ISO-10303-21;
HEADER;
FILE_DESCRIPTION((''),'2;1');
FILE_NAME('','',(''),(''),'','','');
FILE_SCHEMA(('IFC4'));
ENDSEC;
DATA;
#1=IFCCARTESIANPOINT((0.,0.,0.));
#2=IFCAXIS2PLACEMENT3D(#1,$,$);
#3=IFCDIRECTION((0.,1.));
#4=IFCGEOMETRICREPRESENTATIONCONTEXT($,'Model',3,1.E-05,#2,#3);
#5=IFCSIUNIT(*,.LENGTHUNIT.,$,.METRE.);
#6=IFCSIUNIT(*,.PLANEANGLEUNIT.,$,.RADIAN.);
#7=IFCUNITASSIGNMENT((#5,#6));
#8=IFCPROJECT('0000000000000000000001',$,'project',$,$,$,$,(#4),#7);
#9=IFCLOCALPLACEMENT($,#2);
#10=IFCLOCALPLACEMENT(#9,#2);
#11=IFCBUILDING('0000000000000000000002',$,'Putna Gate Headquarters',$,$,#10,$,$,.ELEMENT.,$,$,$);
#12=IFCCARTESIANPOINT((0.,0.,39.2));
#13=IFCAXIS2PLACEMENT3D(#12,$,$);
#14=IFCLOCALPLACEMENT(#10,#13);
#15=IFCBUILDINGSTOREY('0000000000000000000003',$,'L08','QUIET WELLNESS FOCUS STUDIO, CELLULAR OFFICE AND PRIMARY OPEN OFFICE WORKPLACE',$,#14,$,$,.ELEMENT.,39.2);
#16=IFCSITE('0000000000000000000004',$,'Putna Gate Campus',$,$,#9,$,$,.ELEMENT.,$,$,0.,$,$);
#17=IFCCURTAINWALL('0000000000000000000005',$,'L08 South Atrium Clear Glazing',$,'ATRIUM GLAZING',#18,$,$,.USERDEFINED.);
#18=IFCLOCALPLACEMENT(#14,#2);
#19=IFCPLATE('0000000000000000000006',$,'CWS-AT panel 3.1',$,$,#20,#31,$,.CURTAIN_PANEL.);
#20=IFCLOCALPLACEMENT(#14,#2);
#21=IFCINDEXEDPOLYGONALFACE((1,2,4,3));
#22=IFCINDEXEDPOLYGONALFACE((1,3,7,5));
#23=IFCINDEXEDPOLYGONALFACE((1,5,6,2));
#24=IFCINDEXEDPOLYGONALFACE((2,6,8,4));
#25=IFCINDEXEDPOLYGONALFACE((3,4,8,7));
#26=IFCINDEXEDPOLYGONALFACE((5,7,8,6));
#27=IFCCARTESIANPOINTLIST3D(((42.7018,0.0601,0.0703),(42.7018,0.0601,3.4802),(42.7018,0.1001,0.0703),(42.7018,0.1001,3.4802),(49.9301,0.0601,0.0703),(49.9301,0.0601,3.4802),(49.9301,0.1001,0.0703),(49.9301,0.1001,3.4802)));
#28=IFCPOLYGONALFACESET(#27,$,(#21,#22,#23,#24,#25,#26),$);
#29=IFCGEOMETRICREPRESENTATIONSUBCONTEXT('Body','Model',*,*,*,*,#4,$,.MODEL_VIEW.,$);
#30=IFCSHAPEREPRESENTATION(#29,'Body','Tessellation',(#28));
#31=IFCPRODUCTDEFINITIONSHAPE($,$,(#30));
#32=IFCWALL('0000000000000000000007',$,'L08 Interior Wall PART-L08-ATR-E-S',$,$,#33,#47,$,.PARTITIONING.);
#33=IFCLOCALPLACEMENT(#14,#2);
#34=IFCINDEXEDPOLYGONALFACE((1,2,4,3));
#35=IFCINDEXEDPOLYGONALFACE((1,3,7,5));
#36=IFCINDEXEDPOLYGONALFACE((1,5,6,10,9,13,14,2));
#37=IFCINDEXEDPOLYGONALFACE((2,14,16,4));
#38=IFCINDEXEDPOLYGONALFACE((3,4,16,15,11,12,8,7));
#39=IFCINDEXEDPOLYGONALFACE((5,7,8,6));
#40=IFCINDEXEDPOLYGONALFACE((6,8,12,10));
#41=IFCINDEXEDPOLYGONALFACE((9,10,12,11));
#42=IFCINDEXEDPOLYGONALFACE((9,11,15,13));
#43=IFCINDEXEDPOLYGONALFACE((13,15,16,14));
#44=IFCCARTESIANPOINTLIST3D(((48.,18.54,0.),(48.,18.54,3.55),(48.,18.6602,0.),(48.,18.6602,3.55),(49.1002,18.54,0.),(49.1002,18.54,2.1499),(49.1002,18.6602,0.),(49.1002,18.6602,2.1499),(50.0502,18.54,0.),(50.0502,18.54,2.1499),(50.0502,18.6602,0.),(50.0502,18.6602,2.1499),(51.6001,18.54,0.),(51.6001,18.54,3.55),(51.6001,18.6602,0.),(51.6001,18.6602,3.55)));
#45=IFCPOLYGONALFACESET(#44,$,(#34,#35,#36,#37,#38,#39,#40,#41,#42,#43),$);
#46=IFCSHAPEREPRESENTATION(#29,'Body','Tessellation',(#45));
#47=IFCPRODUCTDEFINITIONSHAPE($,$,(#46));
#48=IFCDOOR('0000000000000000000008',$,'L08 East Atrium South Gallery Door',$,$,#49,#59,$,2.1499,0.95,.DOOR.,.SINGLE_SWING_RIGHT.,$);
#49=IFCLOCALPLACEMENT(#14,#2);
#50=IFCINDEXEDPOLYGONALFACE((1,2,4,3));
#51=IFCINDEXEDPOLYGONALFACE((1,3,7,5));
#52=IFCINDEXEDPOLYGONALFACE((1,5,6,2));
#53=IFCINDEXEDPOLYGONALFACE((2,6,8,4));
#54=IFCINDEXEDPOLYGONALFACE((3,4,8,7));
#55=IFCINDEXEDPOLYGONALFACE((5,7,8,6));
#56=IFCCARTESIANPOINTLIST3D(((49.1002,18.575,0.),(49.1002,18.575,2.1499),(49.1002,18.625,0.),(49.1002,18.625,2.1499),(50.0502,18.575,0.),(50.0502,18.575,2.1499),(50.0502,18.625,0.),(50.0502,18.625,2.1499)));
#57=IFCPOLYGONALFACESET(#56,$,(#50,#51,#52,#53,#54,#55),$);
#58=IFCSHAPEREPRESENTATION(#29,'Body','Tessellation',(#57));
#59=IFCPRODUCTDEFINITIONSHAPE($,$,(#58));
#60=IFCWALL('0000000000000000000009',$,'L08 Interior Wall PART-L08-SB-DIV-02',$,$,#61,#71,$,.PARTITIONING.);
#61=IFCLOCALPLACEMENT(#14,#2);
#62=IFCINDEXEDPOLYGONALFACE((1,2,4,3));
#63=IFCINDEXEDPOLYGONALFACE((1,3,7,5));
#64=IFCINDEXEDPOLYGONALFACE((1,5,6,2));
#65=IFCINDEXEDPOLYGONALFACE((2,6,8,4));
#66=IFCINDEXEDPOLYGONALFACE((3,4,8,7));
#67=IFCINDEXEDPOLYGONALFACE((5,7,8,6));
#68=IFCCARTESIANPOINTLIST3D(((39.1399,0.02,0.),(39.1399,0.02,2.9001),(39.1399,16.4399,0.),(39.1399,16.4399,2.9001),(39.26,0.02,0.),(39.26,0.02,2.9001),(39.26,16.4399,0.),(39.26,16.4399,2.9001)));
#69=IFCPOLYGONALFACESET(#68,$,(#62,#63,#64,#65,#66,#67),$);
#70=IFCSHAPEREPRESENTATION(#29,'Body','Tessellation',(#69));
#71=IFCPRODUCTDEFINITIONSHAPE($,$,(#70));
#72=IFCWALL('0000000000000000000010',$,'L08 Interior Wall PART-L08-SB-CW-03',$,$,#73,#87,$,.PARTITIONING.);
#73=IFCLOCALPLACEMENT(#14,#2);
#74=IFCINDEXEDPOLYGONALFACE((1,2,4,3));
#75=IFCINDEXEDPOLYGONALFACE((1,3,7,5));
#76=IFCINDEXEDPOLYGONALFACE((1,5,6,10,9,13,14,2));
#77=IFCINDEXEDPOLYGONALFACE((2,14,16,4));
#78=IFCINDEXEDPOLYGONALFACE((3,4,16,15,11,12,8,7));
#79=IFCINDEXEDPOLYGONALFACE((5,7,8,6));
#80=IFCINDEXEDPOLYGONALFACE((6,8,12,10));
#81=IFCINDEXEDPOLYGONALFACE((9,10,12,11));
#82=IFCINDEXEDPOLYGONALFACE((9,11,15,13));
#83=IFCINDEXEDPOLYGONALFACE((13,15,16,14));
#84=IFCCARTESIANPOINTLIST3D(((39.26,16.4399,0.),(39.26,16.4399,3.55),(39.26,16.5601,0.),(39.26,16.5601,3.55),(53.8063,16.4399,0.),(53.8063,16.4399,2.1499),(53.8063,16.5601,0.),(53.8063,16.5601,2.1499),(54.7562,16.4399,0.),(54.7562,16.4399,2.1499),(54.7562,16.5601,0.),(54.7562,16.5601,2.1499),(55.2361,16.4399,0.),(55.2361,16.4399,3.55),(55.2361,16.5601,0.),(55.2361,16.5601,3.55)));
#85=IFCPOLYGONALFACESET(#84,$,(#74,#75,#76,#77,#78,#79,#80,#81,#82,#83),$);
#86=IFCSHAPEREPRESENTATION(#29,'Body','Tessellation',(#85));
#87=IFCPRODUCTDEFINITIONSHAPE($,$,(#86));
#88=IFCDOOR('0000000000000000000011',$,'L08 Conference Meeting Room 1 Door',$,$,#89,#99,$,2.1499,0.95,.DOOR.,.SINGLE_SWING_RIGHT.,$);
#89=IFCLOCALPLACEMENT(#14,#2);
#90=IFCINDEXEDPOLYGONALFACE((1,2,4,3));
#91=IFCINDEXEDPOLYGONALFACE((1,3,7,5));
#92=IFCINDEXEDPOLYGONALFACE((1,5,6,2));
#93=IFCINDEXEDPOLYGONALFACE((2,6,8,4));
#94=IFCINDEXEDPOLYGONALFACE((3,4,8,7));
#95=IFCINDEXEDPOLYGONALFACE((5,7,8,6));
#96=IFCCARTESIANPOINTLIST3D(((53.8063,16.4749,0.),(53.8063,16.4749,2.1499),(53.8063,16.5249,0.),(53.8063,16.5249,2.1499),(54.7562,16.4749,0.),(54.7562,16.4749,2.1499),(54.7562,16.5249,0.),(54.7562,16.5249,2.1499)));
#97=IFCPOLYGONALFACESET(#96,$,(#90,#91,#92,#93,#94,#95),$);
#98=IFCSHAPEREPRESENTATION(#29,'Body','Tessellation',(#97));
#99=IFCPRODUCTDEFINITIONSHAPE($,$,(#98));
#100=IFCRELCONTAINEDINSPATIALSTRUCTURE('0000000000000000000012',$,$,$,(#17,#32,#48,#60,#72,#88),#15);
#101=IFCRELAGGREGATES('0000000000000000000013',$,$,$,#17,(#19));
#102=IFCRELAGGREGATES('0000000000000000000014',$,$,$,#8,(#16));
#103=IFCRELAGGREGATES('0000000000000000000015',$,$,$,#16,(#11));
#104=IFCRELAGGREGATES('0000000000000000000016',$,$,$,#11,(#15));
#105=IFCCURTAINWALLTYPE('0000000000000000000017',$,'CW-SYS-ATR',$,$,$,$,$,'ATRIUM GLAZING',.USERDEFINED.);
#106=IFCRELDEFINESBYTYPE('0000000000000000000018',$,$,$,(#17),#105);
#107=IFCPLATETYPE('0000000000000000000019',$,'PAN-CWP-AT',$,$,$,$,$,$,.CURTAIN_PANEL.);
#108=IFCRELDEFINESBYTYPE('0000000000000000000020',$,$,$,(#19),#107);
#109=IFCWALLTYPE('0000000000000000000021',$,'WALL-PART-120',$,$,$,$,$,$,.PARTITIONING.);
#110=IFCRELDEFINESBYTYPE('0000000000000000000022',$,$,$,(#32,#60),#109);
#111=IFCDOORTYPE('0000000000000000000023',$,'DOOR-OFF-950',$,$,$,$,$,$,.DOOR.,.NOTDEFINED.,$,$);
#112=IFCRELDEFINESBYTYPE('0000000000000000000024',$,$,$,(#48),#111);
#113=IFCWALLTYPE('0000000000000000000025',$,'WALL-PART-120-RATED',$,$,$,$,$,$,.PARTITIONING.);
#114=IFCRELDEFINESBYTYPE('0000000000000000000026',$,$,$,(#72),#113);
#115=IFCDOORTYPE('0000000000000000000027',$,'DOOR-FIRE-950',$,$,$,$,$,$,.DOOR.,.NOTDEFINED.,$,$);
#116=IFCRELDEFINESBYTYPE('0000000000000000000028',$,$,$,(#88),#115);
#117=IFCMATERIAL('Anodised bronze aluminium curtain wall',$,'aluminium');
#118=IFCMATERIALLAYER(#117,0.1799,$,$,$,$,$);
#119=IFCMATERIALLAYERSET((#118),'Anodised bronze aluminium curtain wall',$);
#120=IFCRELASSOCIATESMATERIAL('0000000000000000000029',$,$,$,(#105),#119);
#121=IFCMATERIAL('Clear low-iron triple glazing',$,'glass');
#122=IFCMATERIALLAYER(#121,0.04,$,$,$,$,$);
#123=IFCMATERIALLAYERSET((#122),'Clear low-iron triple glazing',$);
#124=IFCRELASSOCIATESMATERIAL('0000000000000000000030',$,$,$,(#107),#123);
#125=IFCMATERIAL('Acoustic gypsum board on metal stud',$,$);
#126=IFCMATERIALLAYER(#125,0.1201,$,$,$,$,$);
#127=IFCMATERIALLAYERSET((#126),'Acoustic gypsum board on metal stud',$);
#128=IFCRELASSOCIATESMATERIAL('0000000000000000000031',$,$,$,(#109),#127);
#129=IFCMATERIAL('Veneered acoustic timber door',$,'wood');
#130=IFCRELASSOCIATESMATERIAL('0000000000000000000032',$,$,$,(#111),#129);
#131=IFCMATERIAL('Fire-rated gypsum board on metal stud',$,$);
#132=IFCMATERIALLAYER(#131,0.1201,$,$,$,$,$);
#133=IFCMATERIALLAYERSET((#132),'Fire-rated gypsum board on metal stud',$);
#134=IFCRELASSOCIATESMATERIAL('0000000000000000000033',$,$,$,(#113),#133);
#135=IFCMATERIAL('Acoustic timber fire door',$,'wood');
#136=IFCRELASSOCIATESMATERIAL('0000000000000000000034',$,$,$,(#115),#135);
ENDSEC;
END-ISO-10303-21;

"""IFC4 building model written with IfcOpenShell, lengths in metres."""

from ifc_helpers import new_model, si_unit, direction, frame, frame_2d, origin, origin_2d, place, context, subcontext, project, spatial, rectangle, extrude, material, layer, layer_set, type_object, element, fill, aggregate, save


model = new_model("IFC4")

# Units and contexts
model_context = context("Model", 3, precision=1e-05, world=origin(), true_north=direction((0.0, 1.0)))
body_context = subcontext(model_context, "Body", "Model", "MODEL_VIEW")
ifc_project = project(units=[si_unit("LENGTHUNIT", "METRE"), si_unit("PLANEANGLEUNIT", "RADIAN")], contexts=[model_context])

# Site, building, storey
site_placement = place(None, origin())
site = spatial("IfcSite", under=ifc_project, at=site_placement, Name="Putna Gate Campus", CompositionType="ELEMENT", RefElevation=0.0)
building_placement = place(site_placement, origin())
building = spatial("IfcBuilding", under=site, at=building_placement, Name="Putna Gate Headquarters", CompositionType="ELEMENT")
storey_placement = place(building_placement, frame((0.0, 0.0, 39.2)))
storey = spatial("IfcBuildingStorey", under=building, at=storey_placement, Name="L08", Description="QUIET WELLNESS FOCUS STUDIO, CELLULAR OFFICE AND PRIMARY OPEN OFFICE WORKPLACE", CompositionType="ELEMENT", Elevation=39.2)

# Curtain wall, plate
ifc_material_1 = material(Name="Anodised bronze aluminium curtain wall", Category="aluminium")
ifc_layer_1 = layer(ifc_material_1, 0.1799)
ifc_layer_set_1 = layer_set([ifc_layer_1], Name="Anodised bronze aluminium curtain wall")
curtain_wall_type = type_object("IfcCurtainWallType", Name="CW-SYS-ATR", ElementType="ATRIUM GLAZING", PredefinedType="USERDEFINED", material=ifc_layer_set_1)
curtain_wall_placement = place(storey_placement, origin())
curtain_wall = element("IfcCurtainWall", 1, at=curtain_wall_placement, inside=storey, type_object=curtain_wall_type, Name="L08 South Atrium Clear Glazing", ObjectType="ATRIUM GLAZING", PredefinedType="USERDEFINED")
ifc_material_2 = material(Name="Clear low-iron triple glazing", Category="glass")
ifc_layer_2 = layer(ifc_material_2, 0.04)
ifc_layer_set_2 = layer_set([ifc_layer_2], Name="Clear low-iron triple glazing")
plate_type = type_object("IfcPlateType", Name="PAN-CWP-AT", PredefinedType="CURTAIN_PANEL", material=ifc_layer_set_2)
plate_1_placement = place(storey_placement, frame((46.3159, 0.0801, 0.0703), z_axis=(0.0, 0.0, 1.0), x_axis=(1.0, 0.0, 0.0)))
plate_1 = element("IfcPlate", 2, at=plate_1_placement, type_object=plate_type, Name="CWS-AT panel 3.1", PredefinedType="CURTAIN_PANEL", context=body_context, shape_type="SweptSolid", body=[
    extrude(rectangle(XDim=7.2283, YDim=0.04, at=origin_2d()), origin(), (0.0, 0.0, 1.0), 3.4099),
])
aggregate(curtain_wall, [plate_1])

# Wall, opening, door
ifc_material_3 = material(Name="Acoustic gypsum board on metal stud")
ifc_layer_3 = layer(ifc_material_3, 0.1201)
ifc_layer_set_3 = layer_set([ifc_layer_3], Name="Acoustic gypsum board on metal stud")
wall_type_1 = type_object("IfcWallType", Name="WALL-PART-120", PredefinedType="PARTITIONING", material=ifc_layer_set_3)
wall_1_placement = place(storey_placement, frame((48.0, 18.6001, 0.0), z_axis=(0.0, 0.0, 1.0), x_axis=(1.0, 0.0, 0.0)))
wall_1 = element("IfcWall", 3, at=wall_1_placement, inside=storey, type_object=wall_type_1, Name="L08 Interior Wall PART-L08-ATR-E-S", PredefinedType="PARTITIONING", context=body_context, shape_type="SweptSolid", body=[
    extrude(rectangle(XDim=3.6001, YDim=0.1201, at=frame_2d((1.8, 0.0))), origin(), (0.0, 0.0, 1.0), 3.55),
])
opening_1_placement = place(wall_1_placement, frame((1.1001, 0.0, 0.0)))
opening_1 = element("IfcOpeningElement", 4, at=opening_1_placement, cuts=wall_1, PredefinedType="OPENING", context=body_context, shape_type="SweptSolid", body=[
    extrude(rectangle(XDim=0.95, YDim=2.1499, at=frame_2d((0.4751, 1.075))), frame((0.0, 0.0701, 0.0), z_axis=(0.0, -1.0, 0.0), x_axis=(1.0, 0.0, 0.0)), (0.0, 0.0, 1.0), 0.1401),
])
ifc_material_4 = material(Name="Veneered acoustic timber door", Category="wood")
door_type_1 = type_object("IfcDoorType", Name="DOOR-OFF-950", OperationType="NOTDEFINED", PredefinedType="DOOR", material=ifc_material_4)
door_1_placement = place(opening_1_placement, origin())
door_1 = element("IfcDoor", 5, at=door_1_placement, inside=storey, type_object=door_type_1, Name="L08 East Atrium South Gallery Door", OperationType="SINGLE_SWING_RIGHT", OverallHeight=2.1499, OverallWidth=0.95, PredefinedType="DOOR", context=body_context, shape_type="SweptSolid", body=[
    extrude(rectangle(XDim=0.95, YDim=2.1499, at=frame_2d((0.4751, 1.075))), frame((0.0, 0.0249, 0.0), z_axis=(0.0, -1.0, 0.0), x_axis=(1.0, 0.0, 0.0)), (0.0, 0.0, 1.0), 0.05),
])
fill(opening_1, door_1)

# Wall
wall_2_placement = place(storey_placement, frame((39.2, 0.02, 0.0), z_axis=(0.0, 0.0, 1.0), x_axis=(0.0, 1.0, 0.0)))
element("IfcWall", 6, at=wall_2_placement, inside=storey, type_object=wall_type_1, Name="L08 Interior Wall PART-L08-SB-DIV-02", PredefinedType="PARTITIONING", context=body_context, shape_type="SweptSolid", body=[
    extrude(rectangle(XDim=16.4199, YDim=0.1201, at=frame_2d((8.21, 0.0))), origin(), (0.0, 0.0, 1.0), 2.9001),
])

# Wall, opening, door
ifc_material_5 = material(Name="Fire-rated gypsum board on metal stud")
ifc_layer_4 = layer(ifc_material_5, 0.1201)
ifc_layer_set_4 = layer_set([ifc_layer_4], Name="Fire-rated gypsum board on metal stud")
wall_type_2 = type_object("IfcWallType", Name="WALL-PART-120-RATED", PredefinedType="PARTITIONING", material=ifc_layer_set_4)
wall_3_placement = place(storey_placement, frame((39.26, 16.5, 0.0), z_axis=(0.0, 0.0, 1.0), x_axis=(1.0, 0.0, 0.0)))
wall_3 = element("IfcWall", 7, at=wall_3_placement, inside=storey, type_object=wall_type_2, Name="L08 Interior Wall PART-L08-SB-CW-03", PredefinedType="PARTITIONING", context=body_context, shape_type="SweptSolid", body=[
    extrude(rectangle(XDim=15.9761, YDim=0.1201, at=frame_2d((7.988, 0.0))), origin(), (0.0, 0.0, 1.0), 3.55),
])
opening_2_placement = place(wall_3_placement, frame((14.5461, 0.0, 0.0)))
opening_2 = element("IfcOpeningElement", 8, at=opening_2_placement, cuts=wall_3, PredefinedType="OPENING", context=body_context, shape_type="SweptSolid", body=[
    extrude(rectangle(XDim=0.95, YDim=2.1499, at=frame_2d((0.4751, 1.075))), frame((0.0, 0.0701, 0.0), z_axis=(0.0, -1.0, 0.0), x_axis=(1.0, 0.0, 0.0)), (0.0, 0.0, 1.0), 0.1401),
])
ifc_material_6 = material(Name="Acoustic timber fire door", Category="wood")
door_type_2 = type_object("IfcDoorType", Name="DOOR-FIRE-950", OperationType="NOTDEFINED", PredefinedType="DOOR", material=ifc_material_6)
door_2_placement = place(opening_2_placement, origin())
door_2 = element("IfcDoor", 9, at=door_2_placement, inside=storey, type_object=door_type_2, Name="L08 Conference Meeting Room 1 Door", OperationType="SINGLE_SWING_RIGHT", OverallHeight=2.1499, OverallWidth=0.95, PredefinedType="DOOR", context=body_context, shape_type="SweptSolid", body=[
    extrude(rectangle(XDim=0.95, YDim=2.1499, at=frame_2d((0.4751, 1.075))), frame((0.0, 0.0249, 0.0), z_axis=(0.0, -1.0, 0.0), x_axis=(1.0, 0.0, 0.0)), (0.0, 0.0, 1.0), 0.05),
])
fill(opening_2, door_2)

save(model, "model.ifc")
